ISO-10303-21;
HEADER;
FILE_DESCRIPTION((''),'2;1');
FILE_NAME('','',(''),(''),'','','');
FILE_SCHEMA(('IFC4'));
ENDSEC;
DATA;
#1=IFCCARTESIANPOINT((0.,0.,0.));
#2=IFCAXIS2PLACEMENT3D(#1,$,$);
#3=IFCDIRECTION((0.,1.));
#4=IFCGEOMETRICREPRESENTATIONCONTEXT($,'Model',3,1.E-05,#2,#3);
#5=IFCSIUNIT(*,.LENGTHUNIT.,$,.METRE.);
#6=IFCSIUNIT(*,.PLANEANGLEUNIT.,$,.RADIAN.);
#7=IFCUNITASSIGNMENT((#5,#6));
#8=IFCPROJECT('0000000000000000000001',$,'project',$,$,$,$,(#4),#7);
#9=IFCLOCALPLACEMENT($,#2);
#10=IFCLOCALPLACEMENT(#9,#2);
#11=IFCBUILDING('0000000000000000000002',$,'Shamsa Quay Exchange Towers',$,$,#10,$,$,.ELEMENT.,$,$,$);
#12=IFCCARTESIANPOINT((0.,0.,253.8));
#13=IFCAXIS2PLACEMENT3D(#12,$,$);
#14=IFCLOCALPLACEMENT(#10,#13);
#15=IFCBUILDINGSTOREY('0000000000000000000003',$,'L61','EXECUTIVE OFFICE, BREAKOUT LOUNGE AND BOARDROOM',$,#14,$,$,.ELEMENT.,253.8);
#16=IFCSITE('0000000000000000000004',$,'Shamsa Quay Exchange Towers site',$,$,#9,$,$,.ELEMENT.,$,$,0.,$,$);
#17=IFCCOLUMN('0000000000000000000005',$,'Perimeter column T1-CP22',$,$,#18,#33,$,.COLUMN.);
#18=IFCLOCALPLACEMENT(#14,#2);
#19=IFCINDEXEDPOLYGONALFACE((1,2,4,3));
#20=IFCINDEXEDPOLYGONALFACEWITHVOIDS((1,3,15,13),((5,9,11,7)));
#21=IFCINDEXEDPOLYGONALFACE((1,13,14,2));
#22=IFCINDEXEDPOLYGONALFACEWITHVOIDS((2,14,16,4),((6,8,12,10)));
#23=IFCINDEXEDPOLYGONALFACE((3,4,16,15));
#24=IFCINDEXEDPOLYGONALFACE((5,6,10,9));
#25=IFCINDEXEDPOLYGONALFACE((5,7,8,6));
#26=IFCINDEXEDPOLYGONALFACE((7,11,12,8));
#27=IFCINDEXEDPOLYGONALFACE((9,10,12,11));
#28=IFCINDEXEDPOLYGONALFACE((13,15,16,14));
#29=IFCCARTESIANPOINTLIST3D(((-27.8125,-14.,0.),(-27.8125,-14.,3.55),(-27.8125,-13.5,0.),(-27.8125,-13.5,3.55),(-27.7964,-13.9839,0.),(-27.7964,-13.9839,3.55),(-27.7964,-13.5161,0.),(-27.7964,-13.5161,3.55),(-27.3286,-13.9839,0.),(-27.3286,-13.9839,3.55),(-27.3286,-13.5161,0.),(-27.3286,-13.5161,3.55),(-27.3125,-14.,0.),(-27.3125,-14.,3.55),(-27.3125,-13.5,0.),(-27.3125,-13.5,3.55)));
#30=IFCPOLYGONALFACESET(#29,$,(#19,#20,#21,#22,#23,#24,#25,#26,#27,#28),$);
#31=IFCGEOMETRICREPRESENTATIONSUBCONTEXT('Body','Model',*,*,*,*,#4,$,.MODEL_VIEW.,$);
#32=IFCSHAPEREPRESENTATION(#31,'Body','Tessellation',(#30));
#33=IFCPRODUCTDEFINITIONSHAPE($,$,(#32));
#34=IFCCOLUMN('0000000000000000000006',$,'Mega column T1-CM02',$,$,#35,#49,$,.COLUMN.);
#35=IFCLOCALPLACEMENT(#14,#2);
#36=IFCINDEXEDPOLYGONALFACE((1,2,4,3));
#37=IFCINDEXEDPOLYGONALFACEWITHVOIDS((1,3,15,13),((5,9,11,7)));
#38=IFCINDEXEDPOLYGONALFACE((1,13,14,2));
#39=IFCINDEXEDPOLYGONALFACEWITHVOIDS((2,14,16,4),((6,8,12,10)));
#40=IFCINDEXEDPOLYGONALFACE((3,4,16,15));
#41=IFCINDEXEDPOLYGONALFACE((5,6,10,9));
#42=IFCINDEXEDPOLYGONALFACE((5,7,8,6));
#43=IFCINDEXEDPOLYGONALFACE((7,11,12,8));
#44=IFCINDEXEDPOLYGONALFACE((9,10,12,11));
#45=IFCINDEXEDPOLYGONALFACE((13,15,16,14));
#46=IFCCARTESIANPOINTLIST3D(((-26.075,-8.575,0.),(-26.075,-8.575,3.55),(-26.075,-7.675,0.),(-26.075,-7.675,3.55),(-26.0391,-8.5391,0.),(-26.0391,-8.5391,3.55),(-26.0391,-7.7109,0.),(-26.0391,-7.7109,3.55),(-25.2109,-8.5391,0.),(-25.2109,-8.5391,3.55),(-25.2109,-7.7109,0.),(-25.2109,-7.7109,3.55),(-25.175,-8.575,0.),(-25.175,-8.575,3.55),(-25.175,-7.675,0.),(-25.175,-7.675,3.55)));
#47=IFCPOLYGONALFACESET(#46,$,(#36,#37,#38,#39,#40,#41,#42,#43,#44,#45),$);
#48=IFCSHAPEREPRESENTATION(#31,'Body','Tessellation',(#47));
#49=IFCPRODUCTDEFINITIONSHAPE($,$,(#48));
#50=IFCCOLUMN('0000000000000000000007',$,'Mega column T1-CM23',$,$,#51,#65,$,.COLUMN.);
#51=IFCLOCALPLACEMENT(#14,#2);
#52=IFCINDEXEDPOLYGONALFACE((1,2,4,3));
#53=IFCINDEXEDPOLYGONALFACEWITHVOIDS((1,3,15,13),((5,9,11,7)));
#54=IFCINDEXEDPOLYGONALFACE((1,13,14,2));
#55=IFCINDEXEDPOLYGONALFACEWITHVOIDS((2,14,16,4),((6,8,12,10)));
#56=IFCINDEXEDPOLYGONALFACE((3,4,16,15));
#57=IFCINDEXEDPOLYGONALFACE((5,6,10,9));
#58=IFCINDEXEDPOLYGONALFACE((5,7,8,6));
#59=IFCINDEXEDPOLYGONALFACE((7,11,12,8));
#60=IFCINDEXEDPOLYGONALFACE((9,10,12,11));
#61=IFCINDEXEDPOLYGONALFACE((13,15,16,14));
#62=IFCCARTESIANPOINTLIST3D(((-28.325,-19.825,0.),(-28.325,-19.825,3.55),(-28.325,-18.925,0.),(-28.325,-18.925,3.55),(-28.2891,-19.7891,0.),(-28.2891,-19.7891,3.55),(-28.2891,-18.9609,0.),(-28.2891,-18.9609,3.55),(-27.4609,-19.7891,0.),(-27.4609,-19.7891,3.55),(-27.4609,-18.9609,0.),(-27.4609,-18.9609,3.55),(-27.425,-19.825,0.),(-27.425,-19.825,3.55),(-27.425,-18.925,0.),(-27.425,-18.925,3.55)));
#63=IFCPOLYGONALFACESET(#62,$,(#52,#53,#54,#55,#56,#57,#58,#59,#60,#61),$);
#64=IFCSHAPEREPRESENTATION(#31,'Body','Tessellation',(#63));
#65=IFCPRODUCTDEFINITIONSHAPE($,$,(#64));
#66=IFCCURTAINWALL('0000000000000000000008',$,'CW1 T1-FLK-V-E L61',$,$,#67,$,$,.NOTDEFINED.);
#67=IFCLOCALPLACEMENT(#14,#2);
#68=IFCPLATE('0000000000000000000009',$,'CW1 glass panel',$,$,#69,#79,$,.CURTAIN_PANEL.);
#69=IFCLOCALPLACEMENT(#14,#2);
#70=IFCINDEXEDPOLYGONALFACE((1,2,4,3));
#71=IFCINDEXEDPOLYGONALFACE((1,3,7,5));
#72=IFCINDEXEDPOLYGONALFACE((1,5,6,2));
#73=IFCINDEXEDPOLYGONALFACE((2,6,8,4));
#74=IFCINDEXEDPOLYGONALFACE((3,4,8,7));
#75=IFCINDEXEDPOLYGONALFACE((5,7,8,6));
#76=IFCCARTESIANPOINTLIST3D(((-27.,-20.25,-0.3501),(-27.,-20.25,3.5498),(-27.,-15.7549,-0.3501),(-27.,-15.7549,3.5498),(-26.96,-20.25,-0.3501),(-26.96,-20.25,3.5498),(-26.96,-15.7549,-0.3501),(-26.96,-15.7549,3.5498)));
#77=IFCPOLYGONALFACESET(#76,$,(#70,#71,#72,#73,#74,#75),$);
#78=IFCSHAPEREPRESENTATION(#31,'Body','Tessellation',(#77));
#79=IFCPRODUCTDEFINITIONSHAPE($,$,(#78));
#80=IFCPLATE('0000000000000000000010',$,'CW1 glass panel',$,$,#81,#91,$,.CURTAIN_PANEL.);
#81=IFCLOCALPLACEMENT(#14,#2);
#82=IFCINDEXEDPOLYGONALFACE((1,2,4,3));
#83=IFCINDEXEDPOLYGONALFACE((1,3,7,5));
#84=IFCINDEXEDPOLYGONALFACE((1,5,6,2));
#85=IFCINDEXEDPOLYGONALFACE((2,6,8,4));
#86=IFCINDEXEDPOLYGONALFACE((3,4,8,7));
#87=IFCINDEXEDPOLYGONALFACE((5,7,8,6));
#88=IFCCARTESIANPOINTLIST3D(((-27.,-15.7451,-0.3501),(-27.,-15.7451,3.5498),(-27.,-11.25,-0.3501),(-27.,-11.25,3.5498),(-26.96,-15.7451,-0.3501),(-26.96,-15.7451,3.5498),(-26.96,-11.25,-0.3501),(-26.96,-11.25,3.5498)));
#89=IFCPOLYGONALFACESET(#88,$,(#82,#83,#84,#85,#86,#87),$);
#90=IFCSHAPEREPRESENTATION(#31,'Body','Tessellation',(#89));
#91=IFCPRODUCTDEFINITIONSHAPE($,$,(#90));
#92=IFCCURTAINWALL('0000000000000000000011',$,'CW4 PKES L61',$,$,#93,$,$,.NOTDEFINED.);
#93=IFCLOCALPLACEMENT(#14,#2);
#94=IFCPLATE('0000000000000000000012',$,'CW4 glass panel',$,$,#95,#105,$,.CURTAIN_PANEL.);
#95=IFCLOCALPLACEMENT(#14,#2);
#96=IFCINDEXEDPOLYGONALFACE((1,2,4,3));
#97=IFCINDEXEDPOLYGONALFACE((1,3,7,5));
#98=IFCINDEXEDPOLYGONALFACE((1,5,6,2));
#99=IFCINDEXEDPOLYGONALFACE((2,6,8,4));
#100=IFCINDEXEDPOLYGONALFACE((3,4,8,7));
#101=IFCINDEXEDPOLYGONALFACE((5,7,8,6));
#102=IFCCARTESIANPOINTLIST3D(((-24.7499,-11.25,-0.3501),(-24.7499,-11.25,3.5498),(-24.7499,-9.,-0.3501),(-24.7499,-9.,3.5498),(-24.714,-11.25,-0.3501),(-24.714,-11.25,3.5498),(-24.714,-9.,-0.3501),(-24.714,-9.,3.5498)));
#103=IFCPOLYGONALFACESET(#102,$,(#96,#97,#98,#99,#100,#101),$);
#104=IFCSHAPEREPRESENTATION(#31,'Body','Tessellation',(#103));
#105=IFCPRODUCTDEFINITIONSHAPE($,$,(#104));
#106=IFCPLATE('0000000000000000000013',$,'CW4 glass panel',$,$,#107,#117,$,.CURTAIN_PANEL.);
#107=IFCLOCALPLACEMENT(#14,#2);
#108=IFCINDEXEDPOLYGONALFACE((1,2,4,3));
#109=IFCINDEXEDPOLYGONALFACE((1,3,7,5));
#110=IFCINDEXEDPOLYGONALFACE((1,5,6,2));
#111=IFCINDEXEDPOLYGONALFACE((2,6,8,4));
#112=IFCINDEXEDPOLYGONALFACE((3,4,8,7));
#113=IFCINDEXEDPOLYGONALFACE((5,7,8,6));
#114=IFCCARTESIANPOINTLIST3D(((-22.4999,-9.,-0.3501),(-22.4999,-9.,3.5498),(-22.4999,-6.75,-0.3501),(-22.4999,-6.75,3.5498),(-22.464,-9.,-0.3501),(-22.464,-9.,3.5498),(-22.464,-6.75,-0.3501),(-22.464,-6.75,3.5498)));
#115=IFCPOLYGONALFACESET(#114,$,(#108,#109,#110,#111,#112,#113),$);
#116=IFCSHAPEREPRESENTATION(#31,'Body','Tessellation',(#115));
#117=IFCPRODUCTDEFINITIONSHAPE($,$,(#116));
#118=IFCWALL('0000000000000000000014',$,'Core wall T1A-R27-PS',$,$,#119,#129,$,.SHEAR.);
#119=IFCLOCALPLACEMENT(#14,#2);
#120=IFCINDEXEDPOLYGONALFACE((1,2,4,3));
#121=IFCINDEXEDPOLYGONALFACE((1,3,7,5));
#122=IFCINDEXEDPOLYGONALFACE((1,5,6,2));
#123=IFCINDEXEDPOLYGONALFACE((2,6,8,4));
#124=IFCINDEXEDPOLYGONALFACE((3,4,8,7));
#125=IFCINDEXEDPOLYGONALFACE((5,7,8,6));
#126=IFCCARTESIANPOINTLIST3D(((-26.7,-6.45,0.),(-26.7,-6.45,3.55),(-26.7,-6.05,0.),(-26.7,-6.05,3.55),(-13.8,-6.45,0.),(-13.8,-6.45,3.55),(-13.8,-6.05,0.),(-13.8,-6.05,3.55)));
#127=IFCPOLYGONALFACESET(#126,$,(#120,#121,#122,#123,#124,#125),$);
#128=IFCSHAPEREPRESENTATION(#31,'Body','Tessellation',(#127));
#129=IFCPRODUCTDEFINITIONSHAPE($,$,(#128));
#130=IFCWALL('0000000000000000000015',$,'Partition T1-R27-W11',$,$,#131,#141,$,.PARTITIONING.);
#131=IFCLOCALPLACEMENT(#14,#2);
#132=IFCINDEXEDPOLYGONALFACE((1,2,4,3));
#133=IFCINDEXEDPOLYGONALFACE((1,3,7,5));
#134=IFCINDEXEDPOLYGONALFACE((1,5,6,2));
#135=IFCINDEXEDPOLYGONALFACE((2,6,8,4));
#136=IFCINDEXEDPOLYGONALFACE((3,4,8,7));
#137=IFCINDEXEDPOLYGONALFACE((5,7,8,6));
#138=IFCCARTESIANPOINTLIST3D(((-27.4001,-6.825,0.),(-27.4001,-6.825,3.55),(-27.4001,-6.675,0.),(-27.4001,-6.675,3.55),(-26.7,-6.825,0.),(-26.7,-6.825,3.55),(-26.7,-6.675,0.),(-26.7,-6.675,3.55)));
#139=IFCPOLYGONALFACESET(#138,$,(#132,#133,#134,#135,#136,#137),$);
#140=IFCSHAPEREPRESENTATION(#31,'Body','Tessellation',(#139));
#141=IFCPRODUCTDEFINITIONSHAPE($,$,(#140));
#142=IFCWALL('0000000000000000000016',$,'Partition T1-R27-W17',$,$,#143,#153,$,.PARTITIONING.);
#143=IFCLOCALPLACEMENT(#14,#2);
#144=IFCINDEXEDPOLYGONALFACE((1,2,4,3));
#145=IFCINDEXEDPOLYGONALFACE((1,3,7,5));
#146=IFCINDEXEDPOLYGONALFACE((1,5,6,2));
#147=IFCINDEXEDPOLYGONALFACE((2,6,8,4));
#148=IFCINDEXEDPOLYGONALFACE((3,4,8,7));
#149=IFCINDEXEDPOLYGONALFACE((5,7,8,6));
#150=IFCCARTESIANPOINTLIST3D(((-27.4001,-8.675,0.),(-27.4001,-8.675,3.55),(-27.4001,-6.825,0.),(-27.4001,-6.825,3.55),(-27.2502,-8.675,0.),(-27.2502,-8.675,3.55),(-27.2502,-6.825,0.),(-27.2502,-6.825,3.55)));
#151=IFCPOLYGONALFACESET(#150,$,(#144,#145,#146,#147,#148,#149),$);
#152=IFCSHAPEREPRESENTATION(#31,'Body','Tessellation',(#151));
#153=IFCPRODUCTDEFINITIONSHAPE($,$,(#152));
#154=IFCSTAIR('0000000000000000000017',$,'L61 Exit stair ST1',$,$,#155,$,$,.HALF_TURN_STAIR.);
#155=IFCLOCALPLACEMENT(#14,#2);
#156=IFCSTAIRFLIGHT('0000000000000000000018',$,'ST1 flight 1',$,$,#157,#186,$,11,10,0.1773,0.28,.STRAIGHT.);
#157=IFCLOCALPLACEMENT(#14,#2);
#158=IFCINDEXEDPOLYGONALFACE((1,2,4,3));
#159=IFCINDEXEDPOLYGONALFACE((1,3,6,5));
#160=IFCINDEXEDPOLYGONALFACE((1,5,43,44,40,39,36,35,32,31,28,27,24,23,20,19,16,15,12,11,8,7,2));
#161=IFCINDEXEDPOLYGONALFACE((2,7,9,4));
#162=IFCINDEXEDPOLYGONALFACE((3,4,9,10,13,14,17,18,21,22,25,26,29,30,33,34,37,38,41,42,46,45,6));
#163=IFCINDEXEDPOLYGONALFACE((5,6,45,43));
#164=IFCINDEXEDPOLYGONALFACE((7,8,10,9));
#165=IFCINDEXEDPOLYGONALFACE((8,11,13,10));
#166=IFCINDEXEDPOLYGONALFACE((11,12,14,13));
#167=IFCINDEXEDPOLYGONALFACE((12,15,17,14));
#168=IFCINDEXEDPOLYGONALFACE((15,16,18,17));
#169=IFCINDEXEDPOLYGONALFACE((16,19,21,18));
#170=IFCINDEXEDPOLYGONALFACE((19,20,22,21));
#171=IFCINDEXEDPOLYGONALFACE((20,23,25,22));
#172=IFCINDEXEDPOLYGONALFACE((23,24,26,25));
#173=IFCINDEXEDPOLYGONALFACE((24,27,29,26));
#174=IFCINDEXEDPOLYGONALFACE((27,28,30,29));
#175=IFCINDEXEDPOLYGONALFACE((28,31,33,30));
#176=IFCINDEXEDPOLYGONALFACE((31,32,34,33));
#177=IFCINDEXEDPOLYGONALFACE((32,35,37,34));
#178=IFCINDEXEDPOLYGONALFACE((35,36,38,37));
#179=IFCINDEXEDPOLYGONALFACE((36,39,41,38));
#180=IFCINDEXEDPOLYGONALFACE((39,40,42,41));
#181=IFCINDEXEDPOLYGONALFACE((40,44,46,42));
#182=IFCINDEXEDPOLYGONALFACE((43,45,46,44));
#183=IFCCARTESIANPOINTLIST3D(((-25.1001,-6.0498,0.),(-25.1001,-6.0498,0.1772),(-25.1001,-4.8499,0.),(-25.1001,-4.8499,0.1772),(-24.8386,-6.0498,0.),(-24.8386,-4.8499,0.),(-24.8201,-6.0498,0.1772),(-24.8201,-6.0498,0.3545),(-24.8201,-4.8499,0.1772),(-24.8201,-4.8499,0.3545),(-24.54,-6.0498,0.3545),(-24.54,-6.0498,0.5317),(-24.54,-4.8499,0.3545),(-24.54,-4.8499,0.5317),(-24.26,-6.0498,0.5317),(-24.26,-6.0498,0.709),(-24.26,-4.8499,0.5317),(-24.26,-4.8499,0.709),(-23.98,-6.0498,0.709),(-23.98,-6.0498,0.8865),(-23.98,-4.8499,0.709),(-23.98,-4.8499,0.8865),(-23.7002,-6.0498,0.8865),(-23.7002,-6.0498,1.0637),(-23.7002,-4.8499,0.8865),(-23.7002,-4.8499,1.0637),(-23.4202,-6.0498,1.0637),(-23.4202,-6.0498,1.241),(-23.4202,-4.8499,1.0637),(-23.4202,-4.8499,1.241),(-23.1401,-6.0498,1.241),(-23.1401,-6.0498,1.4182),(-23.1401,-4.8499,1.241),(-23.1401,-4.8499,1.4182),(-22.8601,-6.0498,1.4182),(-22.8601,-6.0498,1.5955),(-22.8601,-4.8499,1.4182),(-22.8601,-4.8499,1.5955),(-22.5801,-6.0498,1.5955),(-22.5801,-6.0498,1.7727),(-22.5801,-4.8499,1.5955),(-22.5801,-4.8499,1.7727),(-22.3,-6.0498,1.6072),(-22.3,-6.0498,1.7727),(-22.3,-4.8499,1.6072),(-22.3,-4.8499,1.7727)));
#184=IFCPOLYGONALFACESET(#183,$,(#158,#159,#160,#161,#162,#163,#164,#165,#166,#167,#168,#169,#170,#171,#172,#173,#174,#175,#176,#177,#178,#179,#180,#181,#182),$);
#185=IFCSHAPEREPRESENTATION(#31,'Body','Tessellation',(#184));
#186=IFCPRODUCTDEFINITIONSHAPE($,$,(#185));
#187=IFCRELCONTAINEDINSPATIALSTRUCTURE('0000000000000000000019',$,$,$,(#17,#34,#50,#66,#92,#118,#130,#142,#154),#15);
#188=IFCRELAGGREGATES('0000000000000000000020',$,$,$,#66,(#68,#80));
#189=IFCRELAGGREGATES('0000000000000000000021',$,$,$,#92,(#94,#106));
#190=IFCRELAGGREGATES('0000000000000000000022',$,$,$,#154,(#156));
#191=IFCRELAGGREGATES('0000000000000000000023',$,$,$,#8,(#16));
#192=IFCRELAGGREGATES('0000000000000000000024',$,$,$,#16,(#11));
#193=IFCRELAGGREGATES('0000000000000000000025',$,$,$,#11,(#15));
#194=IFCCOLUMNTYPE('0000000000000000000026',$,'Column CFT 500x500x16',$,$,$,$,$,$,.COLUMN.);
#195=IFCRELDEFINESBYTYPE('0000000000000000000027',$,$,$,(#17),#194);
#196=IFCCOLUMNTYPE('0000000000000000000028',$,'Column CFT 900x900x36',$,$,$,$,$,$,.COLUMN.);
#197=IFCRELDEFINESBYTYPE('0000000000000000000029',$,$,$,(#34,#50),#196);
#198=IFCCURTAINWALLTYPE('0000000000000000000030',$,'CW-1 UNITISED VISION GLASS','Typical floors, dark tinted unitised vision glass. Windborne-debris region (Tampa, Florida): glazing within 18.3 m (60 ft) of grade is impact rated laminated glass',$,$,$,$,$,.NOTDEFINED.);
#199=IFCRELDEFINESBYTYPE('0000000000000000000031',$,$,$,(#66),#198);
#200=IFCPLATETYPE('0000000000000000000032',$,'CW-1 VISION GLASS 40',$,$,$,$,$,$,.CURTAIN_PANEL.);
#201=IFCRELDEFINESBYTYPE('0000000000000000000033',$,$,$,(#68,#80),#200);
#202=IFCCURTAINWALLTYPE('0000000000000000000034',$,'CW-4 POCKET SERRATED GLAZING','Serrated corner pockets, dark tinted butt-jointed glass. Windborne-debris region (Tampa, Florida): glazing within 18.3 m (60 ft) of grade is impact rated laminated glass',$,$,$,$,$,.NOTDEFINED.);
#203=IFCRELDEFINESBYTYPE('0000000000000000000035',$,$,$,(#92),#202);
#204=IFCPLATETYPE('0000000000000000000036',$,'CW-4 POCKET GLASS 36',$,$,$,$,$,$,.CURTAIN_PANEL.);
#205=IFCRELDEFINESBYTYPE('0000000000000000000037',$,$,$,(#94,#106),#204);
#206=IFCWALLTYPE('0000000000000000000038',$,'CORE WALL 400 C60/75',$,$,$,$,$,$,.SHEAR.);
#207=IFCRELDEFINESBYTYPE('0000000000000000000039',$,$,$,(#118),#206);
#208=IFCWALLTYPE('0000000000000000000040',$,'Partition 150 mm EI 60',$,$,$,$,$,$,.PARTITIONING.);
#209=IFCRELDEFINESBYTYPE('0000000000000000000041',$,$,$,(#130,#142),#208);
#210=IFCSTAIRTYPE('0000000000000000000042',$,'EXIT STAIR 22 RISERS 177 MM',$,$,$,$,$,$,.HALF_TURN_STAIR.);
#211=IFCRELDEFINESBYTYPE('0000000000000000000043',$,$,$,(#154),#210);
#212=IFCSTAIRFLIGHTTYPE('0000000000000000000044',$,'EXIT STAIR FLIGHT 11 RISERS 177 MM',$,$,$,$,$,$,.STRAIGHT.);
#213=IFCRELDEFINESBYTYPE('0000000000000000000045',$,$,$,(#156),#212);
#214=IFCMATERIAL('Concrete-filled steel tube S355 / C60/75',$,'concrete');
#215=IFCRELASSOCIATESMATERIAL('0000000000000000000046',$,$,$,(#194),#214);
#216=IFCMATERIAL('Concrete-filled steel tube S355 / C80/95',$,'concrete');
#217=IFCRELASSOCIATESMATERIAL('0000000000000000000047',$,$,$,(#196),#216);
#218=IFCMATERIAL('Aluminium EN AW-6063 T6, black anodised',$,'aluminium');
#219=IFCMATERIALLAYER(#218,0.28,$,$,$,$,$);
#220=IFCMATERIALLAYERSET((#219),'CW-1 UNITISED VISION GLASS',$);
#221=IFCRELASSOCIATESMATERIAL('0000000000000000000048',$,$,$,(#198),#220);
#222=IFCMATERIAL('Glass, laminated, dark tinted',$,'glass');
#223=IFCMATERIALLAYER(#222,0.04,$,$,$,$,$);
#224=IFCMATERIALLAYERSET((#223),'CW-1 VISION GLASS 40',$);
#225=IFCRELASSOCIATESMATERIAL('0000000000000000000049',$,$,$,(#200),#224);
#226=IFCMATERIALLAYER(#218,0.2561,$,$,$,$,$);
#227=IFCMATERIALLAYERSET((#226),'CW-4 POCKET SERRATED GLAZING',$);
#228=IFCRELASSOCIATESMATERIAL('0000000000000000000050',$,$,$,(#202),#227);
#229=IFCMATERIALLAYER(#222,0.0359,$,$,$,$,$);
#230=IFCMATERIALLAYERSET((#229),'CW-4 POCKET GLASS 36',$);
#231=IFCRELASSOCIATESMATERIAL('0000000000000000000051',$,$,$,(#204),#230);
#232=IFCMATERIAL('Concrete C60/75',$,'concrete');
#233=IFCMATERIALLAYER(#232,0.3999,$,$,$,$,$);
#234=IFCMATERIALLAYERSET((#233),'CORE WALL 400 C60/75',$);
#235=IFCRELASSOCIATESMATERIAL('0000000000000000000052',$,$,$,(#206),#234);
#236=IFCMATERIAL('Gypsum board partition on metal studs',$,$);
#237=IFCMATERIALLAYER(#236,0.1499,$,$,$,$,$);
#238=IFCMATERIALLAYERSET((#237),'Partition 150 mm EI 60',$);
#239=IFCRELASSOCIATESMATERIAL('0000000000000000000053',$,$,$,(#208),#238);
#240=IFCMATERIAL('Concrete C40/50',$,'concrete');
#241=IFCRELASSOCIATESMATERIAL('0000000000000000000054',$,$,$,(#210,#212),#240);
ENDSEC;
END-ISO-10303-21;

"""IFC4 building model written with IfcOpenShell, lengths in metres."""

from ifc_helpers import new_model, si_unit, direction, frame, frame_2d, origin, origin_2d, place, context, subcontext, project, spatial, polyline, rectangle, hollow_rectangle, outline, extrude, material, layer, layer_set, material_profile, profile_set, type_object, element, aggregate, save


model = new_model("IFC4")

# Units and contexts
model_context = context("Model", 3, precision=1e-05, world=origin(), true_north=direction((0.0, 1.0)))
body_context = subcontext(model_context, "Body", "Model", "MODEL_VIEW")
ifc_project = project(units=[si_unit("LENGTHUNIT", "METRE"), si_unit("PLANEANGLEUNIT", "RADIAN")], contexts=[model_context])

# Site, building, storey
site_placement = place(None, origin())
site = spatial("IfcSite", under=ifc_project, at=site_placement, Name="Shamsa Quay Exchange Towers site", CompositionType="ELEMENT", RefElevation=0.0)
building_placement = place(site_placement, origin())
building = spatial("IfcBuilding", under=site, at=building_placement, Name="Shamsa Quay Exchange Towers", CompositionType="ELEMENT")
storey_placement = place(building_placement, frame((0.0, 0.0, 253.8)))
storey = spatial("IfcBuildingStorey", under=building, at=storey_placement, Name="L61", Description="EXECUTIVE OFFICE, BREAKOUT LOUNGE AND BOARDROOM", CompositionType="ELEMENT", Elevation=253.8)

# Columns
ifc_material_1 = material(Name="Concrete-filled steel tube S355 / C60/75", Category="concrete")
ifc_material_profile_1 = material_profile(ifc_material_1, hollow_rectangle(XDim=0.5, YDim=0.5, WallThickness=0.0161, at=origin_2d()), Name="CFT 500x500x16")
ifc_profile_set_1 = profile_set([ifc_material_profile_1], Name="Concrete-filled steel tube S355 / C60/75")
column_type_1 = type_object("IfcColumnType", Name="Column CFT 500x500x16", PredefinedType="COLUMN", material=ifc_profile_set_1)
column_placement = place(storey_placement, frame((-27.5625, -13.75, 0.0)))
element("IfcColumn", 1, at=column_placement, inside=storey, type_object=column_type_1, Name="Perimeter column T1-CP22", PredefinedType="COLUMN", context=body_context, shape_type="SweptSolid", body=[
    extrude(hollow_rectangle(XDim=0.5, YDim=0.5, WallThickness=0.0161, at=origin_2d()), origin(), (0.0, 0.0, 1.0), 3.55),
])
ifc_material_2 = material(Name="Concrete-filled steel tube S355 / C80/95", Category="concrete")
ifc_material_profile_2 = material_profile(ifc_material_2, hollow_rectangle(XDim=0.8999, YDim=0.8999, WallThickness=0.0359, at=origin_2d()), Name="CFT 900x900x36")
ifc_profile_set_2 = profile_set([ifc_material_profile_2], Name="Concrete-filled steel tube S355 / C80/95")
column_type_2 = type_object("IfcColumnType", Name="Column CFT 900x900x36", PredefinedType="COLUMN", material=ifc_profile_set_2)
for number, where, name in (
    (2, (-25.625, -8.125, 0.0), "Mega column T1-CM02"),
    (3, (-27.875, -19.375, 0.0), "Mega column T1-CM23"),
):
    element("IfcColumn", number, at=place(storey_placement, frame(where)), inside=storey, type_object=column_type_2, Name=name, PredefinedType="COLUMN", context=body_context, shape_type="SweptSolid", body=[
        extrude(hollow_rectangle(XDim=0.8999, YDim=0.8999, WallThickness=0.0359, at=origin_2d()), origin(), (0.0, 0.0, 1.0), 3.55),
    ])

# Curtain walls, plates
ifc_material_3 = material(Name="Aluminium EN AW-6063 T6, black anodised", Category="aluminium")
ifc_layer_1 = layer(ifc_material_3, 0.28)
ifc_layer_set_1 = layer_set([ifc_layer_1], Name="CW-1 UNITISED VISION GLASS")
curtain_wall_type_1 = type_object("IfcCurtainWallType", Name="CW-1 UNITISED VISION GLASS", Description="Typical floors, dark tinted unitised vision glass. Windborne-debris region (Tampa, Florida): glazing within 18.3 m (60 ft) of grade is impact rated laminated glass", PredefinedType="NOTDEFINED", material=ifc_layer_set_1)
curtain_wall_1_placement = place(storey_placement, origin())
curtain_wall_1 = element("IfcCurtainWall", 4, at=curtain_wall_1_placement, inside=storey, type_object=curtain_wall_type_1, Name="CW1 T1-FLK-V-E L61", PredefinedType="NOTDEFINED")
ifc_material_4 = material(Name="Glass, laminated, dark tinted", Category="glass")
ifc_layer_2 = layer(ifc_material_4, 0.04)
ifc_layer_set_2 = layer_set([ifc_layer_2], Name="CW-1 VISION GLASS 40")
plate_type_1 = type_object("IfcPlateType", Name="CW-1 VISION GLASS 40", PredefinedType="CURTAIN_PANEL", material=ifc_layer_set_2)
plate_1_placement = place(storey_placement, frame((-26.98, -18.0024, -0.3501), z_axis=(0.0, 0.0, 1.0), x_axis=(0.0, 1.0, 0.0)))
plate_1 = element("IfcPlate", 5, at=plate_1_placement, type_object=plate_type_1, Name="CW1 glass panel", PredefinedType="CURTAIN_PANEL", context=body_context, shape_type="SweptSolid", body=[
    extrude(rectangle(XDim=4.4951, YDim=0.04, at=origin_2d()), origin(), (0.0, 0.0, 1.0), 3.8999),
])
plate_2_placement = place(storey_placement, frame((-26.98, -13.4976, -0.3501), z_axis=(0.0, 0.0, 1.0), x_axis=(0.0, 1.0, 0.0)))
plate_2 = element("IfcPlate", 6, at=plate_2_placement, type_object=plate_type_1, Name="CW1 glass panel", PredefinedType="CURTAIN_PANEL", context=body_context, shape_type="SweptSolid", body=[
    extrude(rectangle(XDim=4.4951, YDim=0.04, at=origin_2d()), origin(), (0.0, 0.0, 1.0), 3.8999),
])
aggregate(curtain_wall_1, [plate_1, plate_2])
ifc_layer_3 = layer(ifc_material_3, 0.2561)
ifc_layer_set_3 = layer_set([ifc_layer_3], Name="CW-4 POCKET SERRATED GLAZING")
curtain_wall_type_2 = type_object("IfcCurtainWallType", Name="CW-4 POCKET SERRATED GLAZING", Description="Serrated corner pockets, dark tinted butt-jointed glass. Windborne-debris region (Tampa, Florida): glazing within 18.3 m (60 ft) of grade is impact rated laminated glass", PredefinedType="NOTDEFINED", material=ifc_layer_set_3)
curtain_wall_2_placement = place(storey_placement, origin())
curtain_wall_2 = element("IfcCurtainWall", 7, at=curtain_wall_2_placement, inside=storey, type_object=curtain_wall_type_2, Name="CW4 PKES L61", PredefinedType="NOTDEFINED")
ifc_layer_4 = layer(ifc_material_4, 0.0359)
ifc_layer_set_4 = layer_set([ifc_layer_4], Name="CW-4 POCKET GLASS 36")
plate_type_2 = type_object("IfcPlateType", Name="CW-4 POCKET GLASS 36", PredefinedType="CURTAIN_PANEL", material=ifc_layer_set_4)
plate_3_placement = place(storey_placement, frame((-24.7319, -10.125, -0.3501), z_axis=(0.0, 0.0, 1.0), x_axis=(0.0, 1.0, 0.0)))
plate_3 = element("IfcPlate", 8, at=plate_3_placement, type_object=plate_type_2, Name="CW4 glass panel", PredefinedType="CURTAIN_PANEL", context=body_context, shape_type="SweptSolid", body=[
    extrude(rectangle(XDim=2.25, YDim=0.0359, at=origin_2d()), origin(), (0.0, 0.0, 1.0), 3.8999),
])
plate_4_placement = place(storey_placement, frame((-22.4819, -7.875, -0.3501), z_axis=(0.0, 0.0, 1.0), x_axis=(0.0, 1.0, 0.0)))
plate_4 = element("IfcPlate", 9, at=plate_4_placement, type_object=plate_type_2, Name="CW4 glass panel", PredefinedType="CURTAIN_PANEL", context=body_context, shape_type="SweptSolid", body=[
    extrude(rectangle(XDim=2.25, YDim=0.0359, at=origin_2d()), origin(), (0.0, 0.0, 1.0), 3.8999),
])
aggregate(curtain_wall_2, [plate_3, plate_4])

# Walls
ifc_material_5 = material(Name="Concrete C60/75", Category="concrete")
ifc_layer_5 = layer(ifc_material_5, 0.3999)
ifc_layer_set_5 = layer_set([ifc_layer_5], Name="CORE WALL 400 C60/75")
wall_type_1 = type_object("IfcWallType", Name="CORE WALL 400 C60/75", PredefinedType="SHEAR", material=ifc_layer_set_5)
wall_1_placement = place(storey_placement, frame((-26.7, -6.25, 0.0)))
element("IfcWall", 10, at=wall_1_placement, inside=storey, type_object=wall_type_1, Name="Core wall T1A-R27-PS", PredefinedType="SHEAR", context=body_context, shape_type="SweptSolid", body=[
    extrude(rectangle(XDim=12.8999, YDim=0.3999, at=frame_2d((6.45, 0.0))), origin(), (0.0, 0.0, 1.0), 3.55),
])
ifc_material_6 = material(Name="Gypsum board partition on metal studs")
ifc_layer_6 = layer(ifc_material_6, 0.1499)
ifc_layer_set_6 = layer_set([ifc_layer_6], Name="Partition 150 mm EI 60")
wall_type_2 = type_object("IfcWallType", Name="Partition 150 mm EI 60", PredefinedType="PARTITIONING", material=ifc_layer_set_6)
wall_2_placement = place(storey_placement, frame((-27.4001, -6.75, 0.0)))
element("IfcWall", 11, at=wall_2_placement, inside=storey, type_object=wall_type_2, Name="Partition T1-R27-W11", PredefinedType="PARTITIONING", context=body_context, shape_type="SweptSolid", body=[
    extrude(rectangle(XDim=0.7002, YDim=0.1499, at=frame_2d((0.3501, 0.0))), origin(), (0.0, 0.0, 1.0), 3.55),
])
wall_3_placement = place(storey_placement, frame((-27.3252, -8.675, 0.0), z_axis=(0.0, 0.0, 1.0), x_axis=(0.0, 1.0, 0.0)))
element("IfcWall", 12, at=wall_3_placement, inside=storey, type_object=wall_type_2, Name="Partition T1-R27-W17", PredefinedType="PARTITIONING", context=body_context, shape_type="SweptSolid", body=[
    extrude(rectangle(XDim=1.8501, YDim=0.1499, at=frame_2d((0.925, 0.0))), origin(), (0.0, 0.0, 1.0), 3.55),
])

# Stair, stair flight
ifc_material_7 = material(Name="Concrete C40/50", Category="concrete")
stair_type = type_object("IfcStairType", Name="EXIT STAIR 22 RISERS 177 MM", PredefinedType="HALF_TURN_STAIR", material=ifc_material_7)
stair_placement = place(storey_placement, origin())
stair = element("IfcStair", 13, at=stair_placement, inside=storey, type_object=stair_type, Name="L61 Exit stair ST1", PredefinedType="HALF_TURN_STAIR")
stair_flight_type = type_object("IfcStairFlightType", Name="EXIT STAIR FLIGHT 11 RISERS 177 MM", PredefinedType="STRAIGHT", material=ifc_material_7)
stair_flight_1_placement = place(storey_placement, frame((-25.1001, -5.45, 0.0)))
stair_flight_1 = element("IfcStairFlight", 14, at=stair_flight_1_placement, type_object=stair_flight_type, Name="ST1 flight 1", NumberOfRisers=11, NumberOfTreads=10, PredefinedType="STRAIGHT", RiserHeight=0.1773, TreadLength=0.28, context=body_context, shape_type="SweptSolid", body=[
    extrude(outline(polyline([(0.0, 0.0), (0.0, 0.1772), (0.28, 0.1772), (0.28, 0.3545), (0.5601, 0.3545), (0.5601, 0.5317), (0.8401, 0.5317), (0.8401, 0.709), (1.1201, 0.709), (1.1201, 0.8865), (1.3999, 0.8865), (1.3999, 1.0637), (1.6799, 1.0637), (1.6799, 1.241), (1.96, 1.241), (1.96, 1.4182), (2.24, 1.4182), (2.24, 1.5955), (2.52, 1.5955), (2.52, 1.7727), (2.8, 1.7727), (2.8, 1.95), (2.8, 1.6072), (0.2615, 0.0), (0.0, 0.0)])), frame((0.0, 0.6001, 0.0), z_axis=(0.0, -1.0, 0.0), x_axis=(1.0, 0.0, 0.0)), (0.0, 0.0, 1.0), 1.2),
])
aggregate(stair, [stair_flight_1])

save(model, "model.ifc")
